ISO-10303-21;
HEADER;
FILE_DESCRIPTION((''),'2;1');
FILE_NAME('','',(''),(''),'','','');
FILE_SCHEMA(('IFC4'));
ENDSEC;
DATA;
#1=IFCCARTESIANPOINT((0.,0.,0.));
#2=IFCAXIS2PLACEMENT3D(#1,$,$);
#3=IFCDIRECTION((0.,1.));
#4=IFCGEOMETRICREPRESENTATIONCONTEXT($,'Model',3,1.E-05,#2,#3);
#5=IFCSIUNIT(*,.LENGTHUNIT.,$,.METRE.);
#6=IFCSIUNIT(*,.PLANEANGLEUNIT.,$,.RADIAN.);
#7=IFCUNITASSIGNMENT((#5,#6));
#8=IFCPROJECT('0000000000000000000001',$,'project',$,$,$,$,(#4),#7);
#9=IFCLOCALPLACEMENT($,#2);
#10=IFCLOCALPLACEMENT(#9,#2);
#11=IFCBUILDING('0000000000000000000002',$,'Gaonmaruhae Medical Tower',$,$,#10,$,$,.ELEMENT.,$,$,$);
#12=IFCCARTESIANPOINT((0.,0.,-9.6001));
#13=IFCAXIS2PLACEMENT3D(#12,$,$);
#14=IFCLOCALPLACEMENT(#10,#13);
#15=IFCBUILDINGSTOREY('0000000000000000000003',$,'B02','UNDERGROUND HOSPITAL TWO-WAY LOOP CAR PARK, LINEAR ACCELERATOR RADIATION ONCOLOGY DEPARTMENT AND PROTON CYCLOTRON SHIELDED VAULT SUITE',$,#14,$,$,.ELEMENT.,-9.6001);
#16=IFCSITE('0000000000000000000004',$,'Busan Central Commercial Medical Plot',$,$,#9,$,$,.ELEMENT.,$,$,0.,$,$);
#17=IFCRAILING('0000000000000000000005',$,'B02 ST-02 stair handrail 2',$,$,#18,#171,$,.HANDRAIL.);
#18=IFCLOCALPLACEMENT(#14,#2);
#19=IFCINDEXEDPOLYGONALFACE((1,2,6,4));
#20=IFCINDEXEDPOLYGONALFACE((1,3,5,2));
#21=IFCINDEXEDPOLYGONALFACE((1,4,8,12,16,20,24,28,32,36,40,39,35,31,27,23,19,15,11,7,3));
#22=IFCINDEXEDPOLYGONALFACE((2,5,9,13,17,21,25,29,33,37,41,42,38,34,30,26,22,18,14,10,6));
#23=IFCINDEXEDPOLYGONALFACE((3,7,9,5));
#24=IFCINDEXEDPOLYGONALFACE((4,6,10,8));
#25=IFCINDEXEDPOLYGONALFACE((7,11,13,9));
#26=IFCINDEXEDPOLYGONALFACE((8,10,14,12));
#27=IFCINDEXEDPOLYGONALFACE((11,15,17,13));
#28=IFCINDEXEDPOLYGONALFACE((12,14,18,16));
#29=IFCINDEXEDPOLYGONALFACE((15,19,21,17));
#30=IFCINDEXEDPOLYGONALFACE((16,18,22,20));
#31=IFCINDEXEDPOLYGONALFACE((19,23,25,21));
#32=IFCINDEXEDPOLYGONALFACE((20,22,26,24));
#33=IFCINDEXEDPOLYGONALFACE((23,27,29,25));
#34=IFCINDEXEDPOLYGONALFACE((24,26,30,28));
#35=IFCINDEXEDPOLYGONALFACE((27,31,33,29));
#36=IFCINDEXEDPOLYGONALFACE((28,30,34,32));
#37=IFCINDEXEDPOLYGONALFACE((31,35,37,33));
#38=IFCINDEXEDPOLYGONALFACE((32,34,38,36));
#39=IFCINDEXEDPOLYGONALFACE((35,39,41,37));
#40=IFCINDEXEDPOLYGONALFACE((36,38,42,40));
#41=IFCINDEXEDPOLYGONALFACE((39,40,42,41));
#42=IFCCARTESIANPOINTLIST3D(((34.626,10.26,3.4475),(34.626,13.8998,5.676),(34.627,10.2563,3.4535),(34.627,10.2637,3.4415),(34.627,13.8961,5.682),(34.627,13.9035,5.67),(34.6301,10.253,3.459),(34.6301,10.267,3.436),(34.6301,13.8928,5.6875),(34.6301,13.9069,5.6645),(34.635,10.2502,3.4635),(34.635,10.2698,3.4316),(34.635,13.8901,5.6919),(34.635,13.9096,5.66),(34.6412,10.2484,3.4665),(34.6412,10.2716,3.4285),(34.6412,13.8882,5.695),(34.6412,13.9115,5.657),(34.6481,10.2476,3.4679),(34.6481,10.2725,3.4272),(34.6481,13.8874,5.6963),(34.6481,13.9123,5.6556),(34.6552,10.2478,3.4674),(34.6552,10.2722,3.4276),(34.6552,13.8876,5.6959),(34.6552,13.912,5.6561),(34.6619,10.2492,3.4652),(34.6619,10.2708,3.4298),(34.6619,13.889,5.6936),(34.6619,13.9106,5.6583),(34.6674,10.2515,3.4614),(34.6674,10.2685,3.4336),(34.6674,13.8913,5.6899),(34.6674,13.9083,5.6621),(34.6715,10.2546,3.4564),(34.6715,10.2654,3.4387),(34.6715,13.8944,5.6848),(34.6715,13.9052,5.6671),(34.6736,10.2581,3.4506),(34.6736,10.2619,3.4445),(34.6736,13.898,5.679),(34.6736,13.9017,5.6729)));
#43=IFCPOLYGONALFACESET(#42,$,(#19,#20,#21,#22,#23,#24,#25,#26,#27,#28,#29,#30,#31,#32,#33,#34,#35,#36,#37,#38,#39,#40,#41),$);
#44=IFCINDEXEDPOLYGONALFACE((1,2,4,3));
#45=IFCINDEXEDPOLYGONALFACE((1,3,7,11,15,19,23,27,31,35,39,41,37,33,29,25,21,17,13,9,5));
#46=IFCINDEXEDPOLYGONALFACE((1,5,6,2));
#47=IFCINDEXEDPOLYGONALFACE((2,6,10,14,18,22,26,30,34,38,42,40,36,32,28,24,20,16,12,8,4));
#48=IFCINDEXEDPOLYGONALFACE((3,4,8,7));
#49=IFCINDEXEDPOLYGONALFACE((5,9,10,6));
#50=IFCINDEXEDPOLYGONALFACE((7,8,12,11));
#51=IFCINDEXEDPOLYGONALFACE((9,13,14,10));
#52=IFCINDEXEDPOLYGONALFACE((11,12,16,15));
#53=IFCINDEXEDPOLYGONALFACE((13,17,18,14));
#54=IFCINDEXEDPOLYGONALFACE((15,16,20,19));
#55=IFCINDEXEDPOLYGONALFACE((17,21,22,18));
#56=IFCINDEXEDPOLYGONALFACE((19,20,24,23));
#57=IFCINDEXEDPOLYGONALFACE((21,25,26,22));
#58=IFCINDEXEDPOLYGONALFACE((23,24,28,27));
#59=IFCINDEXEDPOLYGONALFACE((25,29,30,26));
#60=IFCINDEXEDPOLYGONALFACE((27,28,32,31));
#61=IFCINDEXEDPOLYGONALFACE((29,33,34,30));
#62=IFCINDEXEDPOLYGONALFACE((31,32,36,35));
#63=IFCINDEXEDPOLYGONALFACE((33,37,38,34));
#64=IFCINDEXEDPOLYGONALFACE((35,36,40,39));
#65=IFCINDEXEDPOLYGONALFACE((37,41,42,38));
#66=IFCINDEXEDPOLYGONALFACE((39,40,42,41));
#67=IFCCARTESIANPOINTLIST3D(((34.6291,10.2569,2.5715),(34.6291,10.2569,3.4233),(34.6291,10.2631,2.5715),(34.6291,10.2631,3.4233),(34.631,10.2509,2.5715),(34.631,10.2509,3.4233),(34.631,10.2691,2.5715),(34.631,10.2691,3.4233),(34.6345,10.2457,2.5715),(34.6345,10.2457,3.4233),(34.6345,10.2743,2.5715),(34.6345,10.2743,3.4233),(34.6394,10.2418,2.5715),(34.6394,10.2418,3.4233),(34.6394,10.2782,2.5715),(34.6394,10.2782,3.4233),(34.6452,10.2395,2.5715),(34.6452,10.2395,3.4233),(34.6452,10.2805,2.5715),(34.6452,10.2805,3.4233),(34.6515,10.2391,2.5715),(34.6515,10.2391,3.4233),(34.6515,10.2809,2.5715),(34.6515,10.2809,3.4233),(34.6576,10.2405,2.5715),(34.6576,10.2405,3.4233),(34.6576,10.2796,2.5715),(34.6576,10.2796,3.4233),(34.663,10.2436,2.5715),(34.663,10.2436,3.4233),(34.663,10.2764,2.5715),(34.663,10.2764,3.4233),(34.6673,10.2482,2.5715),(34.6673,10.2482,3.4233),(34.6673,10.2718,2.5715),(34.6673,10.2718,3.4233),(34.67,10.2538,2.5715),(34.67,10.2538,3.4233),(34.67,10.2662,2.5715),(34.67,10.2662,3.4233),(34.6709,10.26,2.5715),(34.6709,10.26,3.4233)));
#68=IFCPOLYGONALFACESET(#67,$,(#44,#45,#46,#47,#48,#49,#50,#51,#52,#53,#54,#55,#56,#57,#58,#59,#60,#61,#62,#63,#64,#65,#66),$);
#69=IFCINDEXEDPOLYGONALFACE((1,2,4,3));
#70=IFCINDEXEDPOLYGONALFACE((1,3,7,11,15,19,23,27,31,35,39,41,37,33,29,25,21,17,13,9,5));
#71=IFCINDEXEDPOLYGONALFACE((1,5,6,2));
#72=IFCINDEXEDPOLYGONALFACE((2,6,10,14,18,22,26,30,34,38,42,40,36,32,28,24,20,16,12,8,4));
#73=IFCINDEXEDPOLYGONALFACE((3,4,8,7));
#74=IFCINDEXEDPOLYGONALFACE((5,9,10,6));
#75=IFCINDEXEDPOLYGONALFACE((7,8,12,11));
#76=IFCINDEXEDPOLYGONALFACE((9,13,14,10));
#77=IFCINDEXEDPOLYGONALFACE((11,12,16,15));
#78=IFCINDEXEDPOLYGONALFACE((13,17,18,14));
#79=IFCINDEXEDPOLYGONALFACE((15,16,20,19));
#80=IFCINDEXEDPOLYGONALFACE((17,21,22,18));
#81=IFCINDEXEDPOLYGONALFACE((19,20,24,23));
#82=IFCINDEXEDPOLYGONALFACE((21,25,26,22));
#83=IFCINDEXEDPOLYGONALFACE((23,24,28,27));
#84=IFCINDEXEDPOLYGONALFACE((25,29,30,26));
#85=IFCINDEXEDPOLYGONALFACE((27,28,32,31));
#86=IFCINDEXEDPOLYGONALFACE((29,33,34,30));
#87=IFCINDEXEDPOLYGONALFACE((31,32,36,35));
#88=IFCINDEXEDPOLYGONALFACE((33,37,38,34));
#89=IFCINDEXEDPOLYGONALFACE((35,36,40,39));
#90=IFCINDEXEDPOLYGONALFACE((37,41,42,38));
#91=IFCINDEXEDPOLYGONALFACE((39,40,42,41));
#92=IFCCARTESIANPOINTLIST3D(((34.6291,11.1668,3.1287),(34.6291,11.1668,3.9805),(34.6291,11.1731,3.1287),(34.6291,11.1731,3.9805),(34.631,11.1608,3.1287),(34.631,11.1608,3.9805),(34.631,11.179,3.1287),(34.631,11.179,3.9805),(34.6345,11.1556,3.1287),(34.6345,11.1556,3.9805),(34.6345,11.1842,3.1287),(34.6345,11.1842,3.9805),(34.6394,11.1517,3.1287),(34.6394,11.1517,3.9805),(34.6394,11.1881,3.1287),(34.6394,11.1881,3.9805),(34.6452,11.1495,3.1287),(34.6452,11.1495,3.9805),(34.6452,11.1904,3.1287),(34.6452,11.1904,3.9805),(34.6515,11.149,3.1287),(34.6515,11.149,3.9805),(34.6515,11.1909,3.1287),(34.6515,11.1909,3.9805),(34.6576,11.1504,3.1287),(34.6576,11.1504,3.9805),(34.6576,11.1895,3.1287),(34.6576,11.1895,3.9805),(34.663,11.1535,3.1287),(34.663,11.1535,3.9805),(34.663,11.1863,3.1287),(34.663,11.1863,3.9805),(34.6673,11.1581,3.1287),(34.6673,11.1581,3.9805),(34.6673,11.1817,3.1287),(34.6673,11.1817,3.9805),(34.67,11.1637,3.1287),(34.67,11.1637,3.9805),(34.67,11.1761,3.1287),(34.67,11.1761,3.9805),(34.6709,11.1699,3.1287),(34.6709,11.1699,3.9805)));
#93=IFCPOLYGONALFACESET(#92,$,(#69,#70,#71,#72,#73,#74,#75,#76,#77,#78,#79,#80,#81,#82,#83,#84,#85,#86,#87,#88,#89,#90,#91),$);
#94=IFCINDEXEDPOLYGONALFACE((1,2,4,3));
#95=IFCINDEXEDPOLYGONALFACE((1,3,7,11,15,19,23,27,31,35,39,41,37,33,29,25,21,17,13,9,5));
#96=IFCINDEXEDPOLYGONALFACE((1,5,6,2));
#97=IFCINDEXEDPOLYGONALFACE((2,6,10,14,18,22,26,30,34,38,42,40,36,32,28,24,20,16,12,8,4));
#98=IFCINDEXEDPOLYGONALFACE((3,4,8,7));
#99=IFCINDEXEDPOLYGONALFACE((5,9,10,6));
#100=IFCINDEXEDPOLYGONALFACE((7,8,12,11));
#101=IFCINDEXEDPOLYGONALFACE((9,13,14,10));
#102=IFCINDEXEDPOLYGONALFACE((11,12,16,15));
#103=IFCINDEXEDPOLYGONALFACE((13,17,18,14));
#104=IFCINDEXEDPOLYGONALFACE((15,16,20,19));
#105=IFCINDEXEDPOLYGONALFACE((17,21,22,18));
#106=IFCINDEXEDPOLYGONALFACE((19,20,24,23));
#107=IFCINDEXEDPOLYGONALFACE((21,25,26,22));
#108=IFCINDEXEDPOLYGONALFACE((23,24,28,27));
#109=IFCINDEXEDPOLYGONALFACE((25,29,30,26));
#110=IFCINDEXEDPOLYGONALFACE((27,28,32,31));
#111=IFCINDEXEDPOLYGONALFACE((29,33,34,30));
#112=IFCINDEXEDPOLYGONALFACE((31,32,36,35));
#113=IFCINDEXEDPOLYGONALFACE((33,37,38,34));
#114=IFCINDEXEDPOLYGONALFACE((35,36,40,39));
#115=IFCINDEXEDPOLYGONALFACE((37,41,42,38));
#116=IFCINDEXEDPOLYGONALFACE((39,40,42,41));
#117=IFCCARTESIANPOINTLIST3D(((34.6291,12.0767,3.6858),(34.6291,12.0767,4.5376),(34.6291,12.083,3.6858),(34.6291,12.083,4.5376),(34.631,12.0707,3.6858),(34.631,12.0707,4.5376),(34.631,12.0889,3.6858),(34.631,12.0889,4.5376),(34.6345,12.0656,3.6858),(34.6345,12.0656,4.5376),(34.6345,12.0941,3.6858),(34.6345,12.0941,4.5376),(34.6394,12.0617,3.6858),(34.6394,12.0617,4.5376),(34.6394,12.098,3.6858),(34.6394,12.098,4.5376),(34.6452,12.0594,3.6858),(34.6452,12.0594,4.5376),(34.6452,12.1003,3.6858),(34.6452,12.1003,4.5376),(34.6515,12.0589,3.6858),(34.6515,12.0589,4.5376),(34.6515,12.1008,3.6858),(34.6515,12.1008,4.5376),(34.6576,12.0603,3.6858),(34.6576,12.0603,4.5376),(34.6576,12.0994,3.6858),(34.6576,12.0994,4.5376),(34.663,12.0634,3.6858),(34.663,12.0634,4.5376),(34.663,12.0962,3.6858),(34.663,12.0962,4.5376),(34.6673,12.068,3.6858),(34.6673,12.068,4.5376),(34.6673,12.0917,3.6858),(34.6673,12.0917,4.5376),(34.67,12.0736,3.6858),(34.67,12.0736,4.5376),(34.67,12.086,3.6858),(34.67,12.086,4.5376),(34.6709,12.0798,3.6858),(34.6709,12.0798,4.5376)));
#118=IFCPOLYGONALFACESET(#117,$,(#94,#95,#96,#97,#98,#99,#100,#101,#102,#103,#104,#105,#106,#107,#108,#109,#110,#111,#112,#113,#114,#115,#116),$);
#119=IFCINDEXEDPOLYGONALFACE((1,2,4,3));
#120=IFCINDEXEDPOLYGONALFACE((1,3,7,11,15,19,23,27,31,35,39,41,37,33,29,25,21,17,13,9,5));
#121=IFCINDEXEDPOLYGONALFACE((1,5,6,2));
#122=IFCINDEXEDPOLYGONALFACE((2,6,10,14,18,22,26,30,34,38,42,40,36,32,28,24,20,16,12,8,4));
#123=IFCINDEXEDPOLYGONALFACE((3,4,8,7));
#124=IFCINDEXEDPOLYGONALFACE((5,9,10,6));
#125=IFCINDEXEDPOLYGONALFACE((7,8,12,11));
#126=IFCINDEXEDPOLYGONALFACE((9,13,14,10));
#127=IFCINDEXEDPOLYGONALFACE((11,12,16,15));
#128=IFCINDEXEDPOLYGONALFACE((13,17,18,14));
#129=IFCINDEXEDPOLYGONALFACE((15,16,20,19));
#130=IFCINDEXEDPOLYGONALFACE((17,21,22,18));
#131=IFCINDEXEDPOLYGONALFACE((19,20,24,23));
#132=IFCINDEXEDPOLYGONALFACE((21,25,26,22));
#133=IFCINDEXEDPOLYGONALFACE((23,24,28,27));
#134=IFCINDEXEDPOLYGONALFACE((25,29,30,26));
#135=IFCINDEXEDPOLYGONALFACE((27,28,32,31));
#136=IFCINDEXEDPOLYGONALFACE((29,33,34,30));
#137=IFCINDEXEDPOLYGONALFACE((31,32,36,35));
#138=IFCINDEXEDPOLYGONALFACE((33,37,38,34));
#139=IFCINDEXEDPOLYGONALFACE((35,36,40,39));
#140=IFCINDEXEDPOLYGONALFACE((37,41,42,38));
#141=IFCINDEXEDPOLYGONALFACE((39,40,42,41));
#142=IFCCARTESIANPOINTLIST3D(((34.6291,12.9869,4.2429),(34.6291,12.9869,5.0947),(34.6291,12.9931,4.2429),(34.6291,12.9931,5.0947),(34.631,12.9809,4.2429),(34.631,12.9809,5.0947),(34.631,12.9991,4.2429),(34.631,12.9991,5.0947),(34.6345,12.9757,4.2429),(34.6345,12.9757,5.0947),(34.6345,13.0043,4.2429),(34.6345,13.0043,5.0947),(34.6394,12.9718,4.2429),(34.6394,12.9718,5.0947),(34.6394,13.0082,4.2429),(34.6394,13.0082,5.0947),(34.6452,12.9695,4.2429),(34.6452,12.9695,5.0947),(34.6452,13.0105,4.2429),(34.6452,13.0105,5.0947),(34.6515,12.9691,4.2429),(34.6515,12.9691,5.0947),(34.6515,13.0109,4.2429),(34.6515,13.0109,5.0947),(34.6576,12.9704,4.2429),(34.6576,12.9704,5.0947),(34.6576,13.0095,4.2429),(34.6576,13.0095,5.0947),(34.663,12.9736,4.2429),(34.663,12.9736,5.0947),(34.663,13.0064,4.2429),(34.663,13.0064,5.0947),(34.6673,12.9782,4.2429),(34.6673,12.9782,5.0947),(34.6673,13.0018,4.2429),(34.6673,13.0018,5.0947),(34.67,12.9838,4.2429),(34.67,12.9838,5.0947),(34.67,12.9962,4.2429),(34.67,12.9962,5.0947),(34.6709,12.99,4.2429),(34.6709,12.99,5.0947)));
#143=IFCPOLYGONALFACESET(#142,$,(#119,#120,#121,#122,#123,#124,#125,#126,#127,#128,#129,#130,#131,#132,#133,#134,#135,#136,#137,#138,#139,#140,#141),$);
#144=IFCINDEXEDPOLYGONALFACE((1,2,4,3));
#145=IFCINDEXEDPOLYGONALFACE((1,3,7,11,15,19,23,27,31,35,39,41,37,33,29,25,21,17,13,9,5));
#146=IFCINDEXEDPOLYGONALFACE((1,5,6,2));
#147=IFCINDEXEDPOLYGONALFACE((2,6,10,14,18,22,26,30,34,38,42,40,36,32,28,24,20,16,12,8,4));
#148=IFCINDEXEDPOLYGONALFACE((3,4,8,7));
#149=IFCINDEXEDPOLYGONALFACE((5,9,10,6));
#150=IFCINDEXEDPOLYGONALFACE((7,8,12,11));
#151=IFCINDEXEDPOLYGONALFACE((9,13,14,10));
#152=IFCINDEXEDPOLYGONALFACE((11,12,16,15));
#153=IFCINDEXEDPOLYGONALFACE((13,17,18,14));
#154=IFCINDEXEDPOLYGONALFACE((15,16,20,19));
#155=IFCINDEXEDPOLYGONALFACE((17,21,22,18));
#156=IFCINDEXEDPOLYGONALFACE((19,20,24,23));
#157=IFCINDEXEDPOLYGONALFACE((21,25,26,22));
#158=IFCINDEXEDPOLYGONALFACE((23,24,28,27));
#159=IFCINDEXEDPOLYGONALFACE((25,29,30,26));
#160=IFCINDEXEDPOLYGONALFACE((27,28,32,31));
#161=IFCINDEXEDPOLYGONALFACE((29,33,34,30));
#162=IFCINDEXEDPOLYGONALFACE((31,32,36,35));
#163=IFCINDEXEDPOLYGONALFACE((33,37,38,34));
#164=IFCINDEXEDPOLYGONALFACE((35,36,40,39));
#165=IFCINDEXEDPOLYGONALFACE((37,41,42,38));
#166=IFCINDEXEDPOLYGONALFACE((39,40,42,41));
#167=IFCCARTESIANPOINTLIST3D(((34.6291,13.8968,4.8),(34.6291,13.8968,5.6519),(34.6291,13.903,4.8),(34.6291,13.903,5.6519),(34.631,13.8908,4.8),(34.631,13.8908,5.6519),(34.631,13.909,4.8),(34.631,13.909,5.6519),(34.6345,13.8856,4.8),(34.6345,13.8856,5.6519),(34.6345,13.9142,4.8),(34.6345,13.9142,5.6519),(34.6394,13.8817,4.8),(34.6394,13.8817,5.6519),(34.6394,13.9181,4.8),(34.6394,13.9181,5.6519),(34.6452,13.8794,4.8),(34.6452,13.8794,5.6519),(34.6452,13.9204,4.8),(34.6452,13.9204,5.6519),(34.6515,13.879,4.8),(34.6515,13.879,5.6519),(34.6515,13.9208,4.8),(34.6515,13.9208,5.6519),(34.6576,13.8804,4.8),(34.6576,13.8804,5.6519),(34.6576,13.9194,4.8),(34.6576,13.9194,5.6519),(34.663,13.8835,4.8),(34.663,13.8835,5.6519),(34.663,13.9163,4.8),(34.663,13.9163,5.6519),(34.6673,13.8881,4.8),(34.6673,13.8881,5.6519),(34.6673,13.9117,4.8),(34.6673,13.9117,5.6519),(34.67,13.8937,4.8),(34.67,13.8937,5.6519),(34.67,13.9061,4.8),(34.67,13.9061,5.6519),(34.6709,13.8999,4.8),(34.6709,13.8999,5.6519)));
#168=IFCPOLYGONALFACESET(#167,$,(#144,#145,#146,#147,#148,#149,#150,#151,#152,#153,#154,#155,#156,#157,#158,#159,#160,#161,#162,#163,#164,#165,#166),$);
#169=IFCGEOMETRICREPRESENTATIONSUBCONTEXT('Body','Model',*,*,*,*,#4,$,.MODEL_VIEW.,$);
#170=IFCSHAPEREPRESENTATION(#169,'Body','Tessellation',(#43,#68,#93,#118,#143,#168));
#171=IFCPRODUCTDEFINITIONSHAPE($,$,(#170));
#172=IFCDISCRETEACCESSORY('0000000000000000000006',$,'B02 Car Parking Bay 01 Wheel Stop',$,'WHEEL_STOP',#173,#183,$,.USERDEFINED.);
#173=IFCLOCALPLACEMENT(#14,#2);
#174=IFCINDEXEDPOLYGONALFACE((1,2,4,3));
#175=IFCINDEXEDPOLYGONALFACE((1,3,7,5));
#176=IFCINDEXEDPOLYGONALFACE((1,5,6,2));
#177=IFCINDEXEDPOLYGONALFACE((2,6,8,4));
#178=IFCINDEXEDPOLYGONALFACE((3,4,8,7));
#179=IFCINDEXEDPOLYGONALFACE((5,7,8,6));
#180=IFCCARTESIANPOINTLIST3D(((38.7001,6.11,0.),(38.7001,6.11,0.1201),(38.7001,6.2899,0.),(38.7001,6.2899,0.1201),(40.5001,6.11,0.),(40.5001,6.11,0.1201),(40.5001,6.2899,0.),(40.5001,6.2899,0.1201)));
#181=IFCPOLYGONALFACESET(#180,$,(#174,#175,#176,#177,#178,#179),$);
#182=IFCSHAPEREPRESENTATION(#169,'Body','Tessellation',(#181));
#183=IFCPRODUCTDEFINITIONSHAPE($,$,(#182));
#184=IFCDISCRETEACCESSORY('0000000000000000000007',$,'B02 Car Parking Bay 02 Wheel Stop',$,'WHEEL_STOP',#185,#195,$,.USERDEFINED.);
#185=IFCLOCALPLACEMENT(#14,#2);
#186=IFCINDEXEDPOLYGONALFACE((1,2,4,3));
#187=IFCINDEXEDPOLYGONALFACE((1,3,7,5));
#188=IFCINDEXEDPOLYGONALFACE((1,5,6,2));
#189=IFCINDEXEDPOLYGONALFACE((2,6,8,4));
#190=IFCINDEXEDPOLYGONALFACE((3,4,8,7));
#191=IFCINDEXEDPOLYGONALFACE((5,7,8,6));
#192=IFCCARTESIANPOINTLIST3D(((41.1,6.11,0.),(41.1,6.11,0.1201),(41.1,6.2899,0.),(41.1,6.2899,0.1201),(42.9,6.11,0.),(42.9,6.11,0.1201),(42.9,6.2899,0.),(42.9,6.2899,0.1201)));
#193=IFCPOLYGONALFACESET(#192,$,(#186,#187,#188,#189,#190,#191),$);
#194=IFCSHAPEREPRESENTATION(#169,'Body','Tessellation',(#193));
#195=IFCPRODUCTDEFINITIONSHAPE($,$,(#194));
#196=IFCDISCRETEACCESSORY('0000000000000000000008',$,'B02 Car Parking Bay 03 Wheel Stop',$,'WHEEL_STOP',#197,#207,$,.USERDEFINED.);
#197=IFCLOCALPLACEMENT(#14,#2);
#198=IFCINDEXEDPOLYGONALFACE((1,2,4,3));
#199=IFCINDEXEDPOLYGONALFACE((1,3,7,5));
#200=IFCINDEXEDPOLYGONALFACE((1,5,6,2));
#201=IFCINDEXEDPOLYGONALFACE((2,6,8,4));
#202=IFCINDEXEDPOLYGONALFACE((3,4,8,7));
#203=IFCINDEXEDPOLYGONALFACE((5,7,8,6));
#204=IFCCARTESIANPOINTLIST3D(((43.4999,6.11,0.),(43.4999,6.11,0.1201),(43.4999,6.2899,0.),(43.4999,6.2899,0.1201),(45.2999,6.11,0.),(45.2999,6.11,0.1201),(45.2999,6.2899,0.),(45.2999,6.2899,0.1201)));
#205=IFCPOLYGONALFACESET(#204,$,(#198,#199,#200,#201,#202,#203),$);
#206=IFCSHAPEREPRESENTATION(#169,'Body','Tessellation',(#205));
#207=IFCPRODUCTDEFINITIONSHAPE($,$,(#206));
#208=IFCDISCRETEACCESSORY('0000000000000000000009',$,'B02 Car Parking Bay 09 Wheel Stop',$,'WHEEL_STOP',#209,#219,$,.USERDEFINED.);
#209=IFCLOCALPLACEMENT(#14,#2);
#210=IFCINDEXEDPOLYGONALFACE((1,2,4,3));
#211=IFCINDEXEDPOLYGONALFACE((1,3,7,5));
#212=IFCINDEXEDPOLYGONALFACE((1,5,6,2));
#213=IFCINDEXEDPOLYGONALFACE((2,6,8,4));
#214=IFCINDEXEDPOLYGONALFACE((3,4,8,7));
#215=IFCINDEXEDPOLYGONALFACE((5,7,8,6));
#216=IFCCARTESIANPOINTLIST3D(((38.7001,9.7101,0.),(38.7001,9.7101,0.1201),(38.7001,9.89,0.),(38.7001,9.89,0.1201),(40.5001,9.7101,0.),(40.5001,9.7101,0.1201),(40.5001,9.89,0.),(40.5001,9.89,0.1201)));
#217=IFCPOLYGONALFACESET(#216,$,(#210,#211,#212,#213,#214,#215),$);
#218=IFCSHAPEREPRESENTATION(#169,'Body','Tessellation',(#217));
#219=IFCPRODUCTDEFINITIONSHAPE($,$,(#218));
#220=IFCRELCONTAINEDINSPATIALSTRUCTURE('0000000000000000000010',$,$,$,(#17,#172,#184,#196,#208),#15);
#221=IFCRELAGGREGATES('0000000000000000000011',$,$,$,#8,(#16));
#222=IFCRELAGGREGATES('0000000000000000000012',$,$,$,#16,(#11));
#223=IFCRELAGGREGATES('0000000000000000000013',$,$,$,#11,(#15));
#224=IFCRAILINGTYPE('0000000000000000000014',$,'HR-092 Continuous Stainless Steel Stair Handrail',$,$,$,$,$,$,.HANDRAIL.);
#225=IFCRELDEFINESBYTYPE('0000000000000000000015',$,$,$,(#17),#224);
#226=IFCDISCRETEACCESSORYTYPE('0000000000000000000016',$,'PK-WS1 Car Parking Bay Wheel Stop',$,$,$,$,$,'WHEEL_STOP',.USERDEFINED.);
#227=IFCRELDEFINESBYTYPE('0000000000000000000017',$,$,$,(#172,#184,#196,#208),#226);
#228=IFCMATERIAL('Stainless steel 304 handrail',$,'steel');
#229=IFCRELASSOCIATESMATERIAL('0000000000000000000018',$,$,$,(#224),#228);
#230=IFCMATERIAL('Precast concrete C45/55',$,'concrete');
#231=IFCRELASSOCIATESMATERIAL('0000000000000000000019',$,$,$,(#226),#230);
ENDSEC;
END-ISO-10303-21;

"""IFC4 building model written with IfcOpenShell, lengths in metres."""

from ifc_helpers import new_model, si_unit, direction, frame, origin, origin_2d, place, context, subcontext, project, spatial, rectangle, circle, extrude, material, type_object, element, save


model = new_model("IFC4")

# Units and contexts
model_context = context("Model", 3, precision=1e-05, world=origin(), true_north=direction((0.0, 1.0)))
body_context = subcontext(model_context, "Body", "Model", "MODEL_VIEW")
ifc_project = project(units=[si_unit("LENGTHUNIT", "METRE"), si_unit("PLANEANGLEUNIT", "RADIAN")], contexts=[model_context])

# Site, building, storey
site_placement = place(None, origin())
site = spatial("IfcSite", under=ifc_project, at=site_placement, Name="Busan Central Commercial Medical Plot", CompositionType="ELEMENT", RefElevation=0.0)
building_placement = place(site_placement, origin())
building = spatial("IfcBuilding", under=site, at=building_placement, Name="Gaonmaruhae Medical Tower", CompositionType="ELEMENT")
storey_placement = place(building_placement, frame((0.0, 0.0, -9.6001)))
storey = spatial("IfcBuildingStorey", under=building, at=storey_placement, Name="B02", Description="UNDERGROUND HOSPITAL TWO-WAY LOOP CAR PARK, LINEAR ACCELERATOR RADIATION ONCOLOGY DEPARTMENT AND PROTON CYCLOTRON SHIELDED VAULT SUITE", CompositionType="ELEMENT", Elevation=-9.6001)

# Railing
ifc_material_1 = material(Name="Stainless steel 304 handrail", Category="steel")
railing_type = type_object("IfcRailingType", Name="HR-092 Continuous Stainless Steel Stair Handrail", PredefinedType="HANDRAIL", material=ifc_material_1)
railing_placement = place(storey_placement, frame((34.6499, 10.26, 2.5715)))
element("IfcRailing", 1, at=railing_placement, inside=storey, type_object=railing_type, Name="B02 ST-02 stair handrail 2", PredefinedType="HANDRAIL", context=body_context, shape_type="SweptSolid", body=[
    extrude(circle(Radius=0.0239, at=origin_2d()), frame((0.0, 0.0, 0.876), z_axis=(0.0, 0.85285, 0.522156), x_axis=(-1.0, 0.0, 0.0)), (0.0, 0.0, 1.0), 4.2678),
    extrude(circle(Radius=0.021, at=origin_2d()), origin(), (0.0, 0.0, 1.0), 0.8518),
    extrude(circle(Radius=0.021, at=origin_2d()), frame((0.0, 0.9099, 0.5571)), (0.0, 0.0, 1.0), 0.8518),
    extrude(circle(Radius=0.021, at=origin_2d()), frame((0.0, 1.8198, 1.1143)), (0.0, 0.0, 1.0), 0.8518),
    extrude(circle(Radius=0.021, at=origin_2d()), frame((0.0, 2.73, 1.6714)), (0.0, 0.0, 1.0), 0.8518),
    extrude(circle(Radius=0.021, at=origin_2d()), frame((0.0, 3.6399, 2.2285)), (0.0, 0.0, 1.0), 0.8518),
])

# Discrete accessories
ifc_material_2 = material(Name="Precast concrete C45/55", Category="concrete")
discrete_accessory_type_1 = type_object("IfcDiscreteAccessoryType", Name="PK-WS1 Car Parking Bay Wheel Stop", ElementType="WHEEL_STOP", PredefinedType="USERDEFINED", material=ifc_material_2)
for number, where, z_axis, x_axis, name in (
    (2, (39.6001, 6.2, 0.0), (0.0, 0.0, 1.0), (1.0, 0.0, 0.0), "B02 Car Parking Bay 01 Wheel Stop"),
    (3, (42.0, 6.2, 0.0), (0.0, 0.0, 1.0), (1.0, 0.0, 0.0), "B02 Car Parking Bay 02 Wheel Stop"),
    (4, (44.3999, 6.2, 0.0), (0.0, 0.0, 1.0), (1.0, 0.0, 0.0), "B02 Car Parking Bay 03 Wheel Stop"),
    (5, (39.6001, 9.8, 0.0), (0.0, 0.0, 1.0), (1.0, 0.0, 0.0), "B02 Car Parking Bay 09 Wheel Stop"),
):
    element("IfcDiscreteAccessory", number, at=place(storey_placement, frame(where, z_axis=z_axis, x_axis=x_axis)), inside=storey, type_object=discrete_accessory_type_1, Name=name, ObjectType="WHEEL_STOP", PredefinedType="USERDEFINED", context=body_context, shape_type="SweptSolid", body=[
        extrude(rectangle(XDim=1.8, YDim=0.1799, at=origin_2d()), origin(), (0.0, 0.0, 1.0), 0.1201),
    ])

save(model, "model.ifc")
